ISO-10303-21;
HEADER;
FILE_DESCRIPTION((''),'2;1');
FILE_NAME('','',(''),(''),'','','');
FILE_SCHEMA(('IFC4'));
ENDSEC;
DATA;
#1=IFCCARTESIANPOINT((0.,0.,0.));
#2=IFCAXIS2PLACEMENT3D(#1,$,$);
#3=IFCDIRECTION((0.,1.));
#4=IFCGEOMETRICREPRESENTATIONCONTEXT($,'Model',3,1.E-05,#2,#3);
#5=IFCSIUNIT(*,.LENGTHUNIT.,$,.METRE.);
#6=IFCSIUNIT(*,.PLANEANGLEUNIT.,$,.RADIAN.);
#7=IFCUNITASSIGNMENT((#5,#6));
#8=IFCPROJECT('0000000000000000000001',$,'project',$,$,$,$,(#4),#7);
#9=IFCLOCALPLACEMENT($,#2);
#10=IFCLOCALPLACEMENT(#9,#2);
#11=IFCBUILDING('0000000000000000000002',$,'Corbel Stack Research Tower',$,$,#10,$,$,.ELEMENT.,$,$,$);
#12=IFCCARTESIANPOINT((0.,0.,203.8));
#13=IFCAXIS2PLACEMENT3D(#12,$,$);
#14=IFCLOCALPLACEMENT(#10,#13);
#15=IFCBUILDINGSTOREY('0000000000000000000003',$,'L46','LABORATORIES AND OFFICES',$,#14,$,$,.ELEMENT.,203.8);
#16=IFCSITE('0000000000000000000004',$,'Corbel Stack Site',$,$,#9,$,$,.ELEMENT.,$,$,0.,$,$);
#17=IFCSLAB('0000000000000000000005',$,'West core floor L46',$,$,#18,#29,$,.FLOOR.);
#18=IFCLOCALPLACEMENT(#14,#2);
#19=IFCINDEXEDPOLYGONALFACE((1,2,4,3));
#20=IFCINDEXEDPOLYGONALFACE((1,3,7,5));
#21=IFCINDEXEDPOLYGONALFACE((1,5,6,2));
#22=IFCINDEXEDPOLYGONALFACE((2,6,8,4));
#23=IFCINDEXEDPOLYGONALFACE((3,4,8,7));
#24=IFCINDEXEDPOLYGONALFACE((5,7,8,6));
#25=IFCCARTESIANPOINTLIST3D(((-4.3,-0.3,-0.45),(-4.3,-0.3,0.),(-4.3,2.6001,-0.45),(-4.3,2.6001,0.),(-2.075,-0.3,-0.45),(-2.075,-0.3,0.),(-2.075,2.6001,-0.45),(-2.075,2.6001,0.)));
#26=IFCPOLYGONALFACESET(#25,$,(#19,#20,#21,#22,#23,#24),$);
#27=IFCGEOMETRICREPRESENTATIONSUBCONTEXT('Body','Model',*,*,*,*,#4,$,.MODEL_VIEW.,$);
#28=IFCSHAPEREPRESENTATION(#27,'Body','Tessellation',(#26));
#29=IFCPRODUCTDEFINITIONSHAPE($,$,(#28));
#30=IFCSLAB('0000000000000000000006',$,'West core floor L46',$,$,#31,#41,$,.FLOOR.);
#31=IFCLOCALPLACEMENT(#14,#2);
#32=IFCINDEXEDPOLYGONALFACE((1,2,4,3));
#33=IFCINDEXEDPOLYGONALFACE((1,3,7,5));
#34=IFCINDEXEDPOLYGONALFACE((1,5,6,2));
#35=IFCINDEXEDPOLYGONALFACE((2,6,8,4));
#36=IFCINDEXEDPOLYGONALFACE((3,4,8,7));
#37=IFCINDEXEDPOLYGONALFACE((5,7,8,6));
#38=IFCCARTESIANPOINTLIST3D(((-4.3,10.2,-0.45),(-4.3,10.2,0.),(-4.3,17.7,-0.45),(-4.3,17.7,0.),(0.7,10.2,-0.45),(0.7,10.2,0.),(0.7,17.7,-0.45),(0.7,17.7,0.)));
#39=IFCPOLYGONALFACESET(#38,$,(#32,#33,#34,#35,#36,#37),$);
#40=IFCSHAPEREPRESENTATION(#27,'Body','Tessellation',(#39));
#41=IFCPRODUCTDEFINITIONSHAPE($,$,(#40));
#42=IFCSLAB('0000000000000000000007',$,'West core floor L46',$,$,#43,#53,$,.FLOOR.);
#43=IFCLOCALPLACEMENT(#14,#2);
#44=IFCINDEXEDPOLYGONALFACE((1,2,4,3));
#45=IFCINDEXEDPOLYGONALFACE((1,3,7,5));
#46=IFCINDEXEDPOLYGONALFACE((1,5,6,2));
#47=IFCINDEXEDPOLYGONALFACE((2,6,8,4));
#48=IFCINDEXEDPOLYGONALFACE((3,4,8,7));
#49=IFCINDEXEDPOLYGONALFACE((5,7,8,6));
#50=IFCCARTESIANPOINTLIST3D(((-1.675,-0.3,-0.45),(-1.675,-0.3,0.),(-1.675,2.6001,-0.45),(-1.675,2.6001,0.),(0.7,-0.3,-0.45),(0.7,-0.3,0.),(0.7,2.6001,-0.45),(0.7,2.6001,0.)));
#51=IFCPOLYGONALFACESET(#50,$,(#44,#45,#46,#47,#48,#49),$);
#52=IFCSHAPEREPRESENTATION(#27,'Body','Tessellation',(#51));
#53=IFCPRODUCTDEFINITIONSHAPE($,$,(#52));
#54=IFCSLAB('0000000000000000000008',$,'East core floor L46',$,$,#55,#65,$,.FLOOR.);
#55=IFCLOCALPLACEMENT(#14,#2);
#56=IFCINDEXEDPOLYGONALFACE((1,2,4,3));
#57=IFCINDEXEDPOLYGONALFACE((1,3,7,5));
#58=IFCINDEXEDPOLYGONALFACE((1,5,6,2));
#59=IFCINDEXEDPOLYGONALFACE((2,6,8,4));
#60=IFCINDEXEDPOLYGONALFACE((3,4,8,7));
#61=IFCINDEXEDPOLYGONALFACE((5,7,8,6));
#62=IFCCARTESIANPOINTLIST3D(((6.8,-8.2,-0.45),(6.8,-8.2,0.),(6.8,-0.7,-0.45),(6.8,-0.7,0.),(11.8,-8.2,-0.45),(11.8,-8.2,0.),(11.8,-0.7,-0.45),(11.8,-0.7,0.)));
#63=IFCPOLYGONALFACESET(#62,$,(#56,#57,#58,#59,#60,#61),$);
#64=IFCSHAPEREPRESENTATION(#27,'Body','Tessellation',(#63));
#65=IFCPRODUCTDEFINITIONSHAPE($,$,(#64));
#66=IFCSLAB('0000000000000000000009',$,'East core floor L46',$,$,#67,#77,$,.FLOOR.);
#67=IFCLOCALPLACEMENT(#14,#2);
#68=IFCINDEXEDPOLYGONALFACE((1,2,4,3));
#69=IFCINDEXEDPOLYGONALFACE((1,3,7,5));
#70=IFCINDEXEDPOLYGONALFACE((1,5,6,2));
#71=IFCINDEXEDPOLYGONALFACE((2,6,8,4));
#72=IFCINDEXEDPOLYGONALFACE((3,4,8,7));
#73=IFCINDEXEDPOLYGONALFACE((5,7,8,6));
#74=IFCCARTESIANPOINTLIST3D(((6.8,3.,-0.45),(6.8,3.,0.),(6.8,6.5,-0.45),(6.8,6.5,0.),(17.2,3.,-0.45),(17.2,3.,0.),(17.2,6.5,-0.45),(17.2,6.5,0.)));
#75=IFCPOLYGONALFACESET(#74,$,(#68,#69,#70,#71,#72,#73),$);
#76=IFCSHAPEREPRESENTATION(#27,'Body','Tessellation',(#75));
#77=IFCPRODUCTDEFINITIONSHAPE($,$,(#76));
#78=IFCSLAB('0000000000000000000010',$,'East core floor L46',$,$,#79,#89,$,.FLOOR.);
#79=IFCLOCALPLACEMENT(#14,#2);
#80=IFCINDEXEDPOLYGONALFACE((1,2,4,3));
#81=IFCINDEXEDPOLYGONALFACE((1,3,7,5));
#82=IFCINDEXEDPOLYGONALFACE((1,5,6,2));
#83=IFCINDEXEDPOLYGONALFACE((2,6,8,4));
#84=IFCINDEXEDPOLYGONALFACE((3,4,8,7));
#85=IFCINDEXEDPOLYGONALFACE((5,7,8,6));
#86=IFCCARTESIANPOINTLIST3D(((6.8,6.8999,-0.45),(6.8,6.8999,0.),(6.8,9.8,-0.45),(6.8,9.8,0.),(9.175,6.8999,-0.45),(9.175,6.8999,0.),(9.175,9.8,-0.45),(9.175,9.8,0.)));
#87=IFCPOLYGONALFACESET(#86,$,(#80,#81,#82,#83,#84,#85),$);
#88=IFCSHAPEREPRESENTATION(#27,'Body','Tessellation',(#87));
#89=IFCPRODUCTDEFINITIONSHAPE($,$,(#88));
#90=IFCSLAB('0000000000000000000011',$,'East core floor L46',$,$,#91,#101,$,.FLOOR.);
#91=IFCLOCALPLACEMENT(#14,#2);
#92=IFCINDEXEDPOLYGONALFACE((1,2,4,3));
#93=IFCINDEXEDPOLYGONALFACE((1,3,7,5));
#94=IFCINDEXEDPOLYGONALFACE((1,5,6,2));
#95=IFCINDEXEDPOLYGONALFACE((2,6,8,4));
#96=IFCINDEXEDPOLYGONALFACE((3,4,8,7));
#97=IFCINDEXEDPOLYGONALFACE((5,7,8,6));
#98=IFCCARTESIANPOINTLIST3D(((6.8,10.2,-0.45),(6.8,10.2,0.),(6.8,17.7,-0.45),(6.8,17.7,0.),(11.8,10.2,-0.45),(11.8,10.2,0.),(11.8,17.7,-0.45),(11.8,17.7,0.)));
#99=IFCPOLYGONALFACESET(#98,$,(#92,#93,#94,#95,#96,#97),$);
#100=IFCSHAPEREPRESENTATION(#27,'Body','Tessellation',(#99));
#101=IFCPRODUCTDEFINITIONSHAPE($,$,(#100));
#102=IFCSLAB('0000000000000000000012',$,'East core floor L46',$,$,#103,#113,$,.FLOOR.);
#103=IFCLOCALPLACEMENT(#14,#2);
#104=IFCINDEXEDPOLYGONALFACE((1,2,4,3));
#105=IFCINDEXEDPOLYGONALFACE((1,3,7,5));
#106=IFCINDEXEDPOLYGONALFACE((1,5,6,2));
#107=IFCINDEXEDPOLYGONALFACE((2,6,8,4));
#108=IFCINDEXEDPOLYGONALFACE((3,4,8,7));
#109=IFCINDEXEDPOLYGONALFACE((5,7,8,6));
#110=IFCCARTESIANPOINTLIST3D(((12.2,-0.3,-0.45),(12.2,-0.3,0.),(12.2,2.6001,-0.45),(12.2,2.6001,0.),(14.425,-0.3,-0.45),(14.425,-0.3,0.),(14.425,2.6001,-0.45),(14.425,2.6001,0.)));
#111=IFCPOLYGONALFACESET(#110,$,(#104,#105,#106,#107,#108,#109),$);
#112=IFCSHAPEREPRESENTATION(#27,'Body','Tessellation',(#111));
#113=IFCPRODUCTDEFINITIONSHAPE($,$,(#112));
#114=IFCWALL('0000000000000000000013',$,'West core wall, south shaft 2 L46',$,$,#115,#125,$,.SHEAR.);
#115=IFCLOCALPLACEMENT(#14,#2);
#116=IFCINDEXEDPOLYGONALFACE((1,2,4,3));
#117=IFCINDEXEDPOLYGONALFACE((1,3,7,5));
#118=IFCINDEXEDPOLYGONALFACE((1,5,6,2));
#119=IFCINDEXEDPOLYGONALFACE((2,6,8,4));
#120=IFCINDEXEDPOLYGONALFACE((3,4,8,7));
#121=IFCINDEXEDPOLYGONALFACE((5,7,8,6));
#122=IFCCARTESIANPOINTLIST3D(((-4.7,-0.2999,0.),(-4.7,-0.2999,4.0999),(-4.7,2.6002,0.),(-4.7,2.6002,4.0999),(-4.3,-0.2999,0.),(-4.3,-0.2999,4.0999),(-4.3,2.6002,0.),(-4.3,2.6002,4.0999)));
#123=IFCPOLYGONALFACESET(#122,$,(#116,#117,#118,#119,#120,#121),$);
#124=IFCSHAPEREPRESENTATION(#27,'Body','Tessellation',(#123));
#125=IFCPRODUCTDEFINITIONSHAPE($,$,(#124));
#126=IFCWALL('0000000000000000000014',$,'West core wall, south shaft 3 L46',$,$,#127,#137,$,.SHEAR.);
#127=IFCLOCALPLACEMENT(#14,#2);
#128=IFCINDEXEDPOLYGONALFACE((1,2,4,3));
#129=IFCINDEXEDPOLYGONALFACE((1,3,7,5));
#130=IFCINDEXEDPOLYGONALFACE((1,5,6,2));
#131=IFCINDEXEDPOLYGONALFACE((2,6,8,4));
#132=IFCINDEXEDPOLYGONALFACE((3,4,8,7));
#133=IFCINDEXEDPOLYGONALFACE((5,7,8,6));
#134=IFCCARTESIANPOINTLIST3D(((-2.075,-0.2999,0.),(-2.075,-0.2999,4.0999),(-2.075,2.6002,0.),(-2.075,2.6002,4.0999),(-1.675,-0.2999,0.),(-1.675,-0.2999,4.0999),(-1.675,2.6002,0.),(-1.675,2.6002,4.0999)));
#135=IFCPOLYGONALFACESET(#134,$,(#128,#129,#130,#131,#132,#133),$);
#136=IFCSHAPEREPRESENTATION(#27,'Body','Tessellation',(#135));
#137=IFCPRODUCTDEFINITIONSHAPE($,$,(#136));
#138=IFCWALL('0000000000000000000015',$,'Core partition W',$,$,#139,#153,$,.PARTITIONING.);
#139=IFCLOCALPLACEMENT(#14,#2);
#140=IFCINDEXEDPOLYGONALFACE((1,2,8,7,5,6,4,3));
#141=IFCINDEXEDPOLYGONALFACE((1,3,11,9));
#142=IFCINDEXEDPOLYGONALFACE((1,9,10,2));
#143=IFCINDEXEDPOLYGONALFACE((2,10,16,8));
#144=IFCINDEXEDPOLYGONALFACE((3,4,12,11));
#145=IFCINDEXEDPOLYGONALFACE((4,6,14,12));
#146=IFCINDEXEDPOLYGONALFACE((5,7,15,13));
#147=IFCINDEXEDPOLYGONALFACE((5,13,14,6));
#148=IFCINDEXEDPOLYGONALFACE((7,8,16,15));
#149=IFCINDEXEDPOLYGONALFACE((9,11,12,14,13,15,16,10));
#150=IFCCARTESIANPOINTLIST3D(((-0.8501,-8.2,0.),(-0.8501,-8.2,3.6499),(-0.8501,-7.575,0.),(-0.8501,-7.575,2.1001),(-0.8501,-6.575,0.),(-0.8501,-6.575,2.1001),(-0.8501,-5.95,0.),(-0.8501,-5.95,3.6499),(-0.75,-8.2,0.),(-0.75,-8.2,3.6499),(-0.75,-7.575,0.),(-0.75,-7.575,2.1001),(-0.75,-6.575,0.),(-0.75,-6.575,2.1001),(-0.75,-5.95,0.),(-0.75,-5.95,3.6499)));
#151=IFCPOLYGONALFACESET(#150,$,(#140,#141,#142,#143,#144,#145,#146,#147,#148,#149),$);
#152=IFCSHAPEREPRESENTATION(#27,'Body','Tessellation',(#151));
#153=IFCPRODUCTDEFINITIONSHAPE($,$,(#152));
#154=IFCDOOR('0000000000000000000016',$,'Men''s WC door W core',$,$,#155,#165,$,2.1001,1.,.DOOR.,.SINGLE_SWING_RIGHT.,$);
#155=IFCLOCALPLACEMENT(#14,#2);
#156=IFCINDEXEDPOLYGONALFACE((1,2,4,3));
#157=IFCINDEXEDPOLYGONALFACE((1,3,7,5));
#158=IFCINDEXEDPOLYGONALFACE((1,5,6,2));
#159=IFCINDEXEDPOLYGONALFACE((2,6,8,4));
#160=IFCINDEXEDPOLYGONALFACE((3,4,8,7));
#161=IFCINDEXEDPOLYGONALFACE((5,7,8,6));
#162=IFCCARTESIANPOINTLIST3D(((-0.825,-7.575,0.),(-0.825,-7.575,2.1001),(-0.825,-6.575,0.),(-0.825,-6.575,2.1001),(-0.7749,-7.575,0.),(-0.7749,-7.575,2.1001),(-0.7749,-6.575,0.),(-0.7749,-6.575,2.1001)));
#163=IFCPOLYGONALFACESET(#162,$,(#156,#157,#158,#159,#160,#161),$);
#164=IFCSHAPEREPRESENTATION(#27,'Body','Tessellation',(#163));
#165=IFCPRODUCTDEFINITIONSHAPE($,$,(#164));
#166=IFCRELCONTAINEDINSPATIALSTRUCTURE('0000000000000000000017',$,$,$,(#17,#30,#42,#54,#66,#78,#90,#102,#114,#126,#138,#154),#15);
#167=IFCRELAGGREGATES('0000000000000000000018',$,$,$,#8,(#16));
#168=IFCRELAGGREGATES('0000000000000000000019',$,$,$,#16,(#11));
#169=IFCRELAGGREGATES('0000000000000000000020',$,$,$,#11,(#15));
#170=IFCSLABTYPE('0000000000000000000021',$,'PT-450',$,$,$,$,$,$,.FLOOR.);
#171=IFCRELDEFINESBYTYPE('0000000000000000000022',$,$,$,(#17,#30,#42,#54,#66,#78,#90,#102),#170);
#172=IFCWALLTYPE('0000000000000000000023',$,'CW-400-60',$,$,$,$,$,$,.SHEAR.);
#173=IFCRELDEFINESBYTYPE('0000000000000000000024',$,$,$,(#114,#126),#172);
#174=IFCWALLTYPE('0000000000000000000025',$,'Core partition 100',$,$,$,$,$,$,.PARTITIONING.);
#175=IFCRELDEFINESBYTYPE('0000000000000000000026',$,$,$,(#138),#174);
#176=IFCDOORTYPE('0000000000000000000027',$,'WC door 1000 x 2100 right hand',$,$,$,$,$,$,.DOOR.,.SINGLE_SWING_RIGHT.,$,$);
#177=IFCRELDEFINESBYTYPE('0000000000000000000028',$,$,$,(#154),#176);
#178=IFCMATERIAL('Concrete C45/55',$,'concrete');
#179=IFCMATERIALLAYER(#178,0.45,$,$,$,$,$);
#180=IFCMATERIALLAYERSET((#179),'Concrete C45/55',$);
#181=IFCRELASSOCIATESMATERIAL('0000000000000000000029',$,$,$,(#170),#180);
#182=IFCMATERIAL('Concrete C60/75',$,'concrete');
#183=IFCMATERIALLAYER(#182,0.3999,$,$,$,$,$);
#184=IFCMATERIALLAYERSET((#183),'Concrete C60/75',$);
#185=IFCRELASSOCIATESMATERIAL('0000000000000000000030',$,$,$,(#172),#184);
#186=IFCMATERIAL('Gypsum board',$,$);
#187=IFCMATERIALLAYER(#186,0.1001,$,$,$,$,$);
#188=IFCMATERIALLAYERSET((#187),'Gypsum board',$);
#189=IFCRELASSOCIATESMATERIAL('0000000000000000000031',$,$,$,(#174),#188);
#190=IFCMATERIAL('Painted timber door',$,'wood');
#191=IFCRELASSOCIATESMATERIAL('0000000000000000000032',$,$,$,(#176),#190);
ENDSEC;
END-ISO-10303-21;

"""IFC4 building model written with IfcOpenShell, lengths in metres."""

from ifc_helpers import new_model, si_unit, direction, frame, frame_2d, origin, place, context, subcontext, project, spatial, polyline, rectangle, outline, extrude, material, layer, layer_set, type_object, element, fill, save


model = new_model("IFC4")

# Units and contexts
model_context = context("Model", 3, precision=1e-05, world=origin(), true_north=direction((0.0, 1.0)))
body_context = subcontext(model_context, "Body", "Model", "MODEL_VIEW")
ifc_project = project(units=[si_unit("LENGTHUNIT", "METRE"), si_unit("PLANEANGLEUNIT", "RADIAN")], contexts=[model_context])

# Site, building, storey
site_placement = place(None, origin())
site = spatial("IfcSite", under=ifc_project, at=site_placement, Name="Corbel Stack Site", CompositionType="ELEMENT", RefElevation=0.0)
building_placement = place(site_placement, origin())
building = spatial("IfcBuilding", under=site, at=building_placement, Name="Corbel Stack Research Tower", CompositionType="ELEMENT")
storey_placement = place(building_placement, frame((0.0, 0.0, 203.8)))
storey = spatial("IfcBuildingStorey", under=building, at=storey_placement, Name="L46", Description="LABORATORIES AND OFFICES", CompositionType="ELEMENT", Elevation=203.8)

# Slabs
ifc_material_1 = material(Name="Concrete C45/55", Category="concrete")
ifc_layer_1 = layer(ifc_material_1, 0.45)
ifc_layer_set_1 = layer_set([ifc_layer_1], Name="Concrete C45/55")
slab_type = type_object("IfcSlabType", Name="PT-450", PredefinedType="FLOOR", material=ifc_layer_set_1)
slab_1_placement = place(storey_placement, frame((0.0, 0.0, -0.45)))
element("IfcSlab", 1, at=slab_1_placement, inside=storey, type_object=slab_type, Name="West core floor L46", PredefinedType="FLOOR", context=body_context, shape_type="SweptSolid", body=[
    extrude(outline(polyline([(-2.075, -0.3), (-2.075, 2.6001), (-4.3, 2.6001), (-4.3, -0.3), (-2.075, -0.3)])), origin(), (0.0, 0.0, 1.0), 0.45),
])
slab_2_placement = place(storey_placement, frame((0.0, 0.0, -0.45)))
element("IfcSlab", 2, at=slab_2_placement, inside=storey, type_object=slab_type, Name="West core floor L46", PredefinedType="FLOOR", context=body_context, shape_type="SweptSolid", body=[
    extrude(outline(polyline([(0.7, 17.7), (-4.3, 17.7), (-4.3, 10.2), (0.7, 10.2), (0.7, 17.7)])), origin(), (0.0, 0.0, 1.0), 0.45),
])
slab_3_placement = place(storey_placement, frame((0.0, 0.0, -0.45)))
element("IfcSlab", 3, at=slab_3_placement, inside=storey, type_object=slab_type, Name="West core floor L46", PredefinedType="FLOOR", context=body_context, shape_type="SweptSolid", body=[
    extrude(outline(polyline([(0.7, -0.3), (0.7, 2.6001), (-1.675, 2.6001), (-1.675, -0.3), (0.7, -0.3)])), origin(), (0.0, 0.0, 1.0), 0.45),
])
slab_4_placement = place(storey_placement, frame((0.0, 0.0, -0.45)))
element("IfcSlab", 4, at=slab_4_placement, inside=storey, type_object=slab_type, Name="East core floor L46", PredefinedType="FLOOR", context=body_context, shape_type="SweptSolid", body=[
    extrude(outline(polyline([(6.8, -0.7), (6.8, -8.2), (11.8, -8.2), (11.8, -0.7), (6.8, -0.7)])), origin(), (0.0, 0.0, 1.0), 0.45),
])
slab_5_placement = place(storey_placement, frame((0.0, 0.0, -0.45)))
element("IfcSlab", 5, at=slab_5_placement, inside=storey, type_object=slab_type, Name="East core floor L46", PredefinedType="FLOOR", context=body_context, shape_type="SweptSolid", body=[
    extrude(outline(polyline([(17.2, 6.5), (6.8, 6.5), (6.8, 3.0), (17.2, 3.0), (17.2, 6.5)])), origin(), (0.0, 0.0, 1.0), 0.45),
])
slab_6_placement = place(storey_placement, frame((0.0, 0.0, -0.45)))
element("IfcSlab", 6, at=slab_6_placement, inside=storey, type_object=slab_type, Name="East core floor L46", PredefinedType="FLOOR", context=body_context, shape_type="SweptSolid", body=[
    extrude(outline(polyline([(6.8, 6.8999), (9.175, 6.8999), (9.175, 9.8), (6.8, 9.8), (6.8, 6.8999)])), origin(), (0.0, 0.0, 1.0), 0.45),
])
slab_7_placement = place(storey_placement, frame((0.0, 0.0, -0.45)))
element("IfcSlab", 7, at=slab_7_placement, inside=storey, type_object=slab_type, Name="East core floor L46", PredefinedType="FLOOR", context=body_context, shape_type="SweptSolid", body=[
    extrude(outline(polyline([(6.8, 17.7), (6.8, 10.2), (11.8, 10.2), (11.8, 17.7), (6.8, 17.7)])), origin(), (0.0, 0.0, 1.0), 0.45),
])
slab_8_placement = place(storey_placement, frame((0.0, 0.0, -0.45)))
element("IfcSlab", 8, at=slab_8_placement, inside=storey, type_object=slab_type, Name="East core floor L46", PredefinedType="FLOOR", context=body_context, shape_type="SweptSolid", body=[
    extrude(outline(polyline([(14.425, -0.3), (14.425, 2.6001), (12.2, 2.6001), (12.2, -0.3), (14.425, -0.3)])), origin(), (0.0, 0.0, 1.0), 0.45),
])

# Walls
ifc_material_2 = material(Name="Concrete C60/75", Category="concrete")
ifc_layer_2 = layer(ifc_material_2, 0.3999)
ifc_layer_set_2 = layer_set([ifc_layer_2], Name="Concrete C60/75")
wall_type_1 = type_object("IfcWallType", Name="CW-400-60", PredefinedType="SHEAR", material=ifc_layer_set_2)
for number, where, z_axis, x_axis, name in (
    (9, (-4.5, -0.3, 0.0), (0.0, 0.0, 1.0), (0.0, 1.0, 0.0), "West core wall, south shaft 2 L46"),
    (10, (-1.875, -0.3, 0.0), (0.0, 0.0, 1.0), (0.0, 1.0, 0.0), "West core wall, south shaft 3 L46"),
):
    element("IfcWall", number, at=place(storey_placement, frame(where, z_axis=z_axis, x_axis=x_axis)), inside=storey, type_object=wall_type_1, Name=name, PredefinedType="SHEAR", context=body_context, shape_type="SweptSolid", body=[
        extrude(rectangle(XDim=2.9001, YDim=0.3999, at=frame_2d((1.4502, 0.0))), origin(), (0.0, 0.0, 1.0), 4.0999),
    ])

# Wall, opening, door
ifc_material_3 = material(Name="Gypsum board")
ifc_layer_3 = layer(ifc_material_3, 0.1001)
ifc_layer_set_3 = layer_set([ifc_layer_3], Name="Gypsum board")
wall_type_2 = type_object("IfcWallType", Name="Core partition 100", PredefinedType="PARTITIONING", material=ifc_layer_set_3)
wall_1_placement = place(storey_placement, frame((-0.8, -8.2, 0.0), z_axis=(0.0, 0.0, 1.0), x_axis=(0.0, 1.0, 0.0)))
wall_1 = element("IfcWall", 11, at=wall_1_placement, inside=storey, type_object=wall_type_2, Name="Core partition W", PredefinedType="PARTITIONING", context=body_context, shape_type="SweptSolid", body=[
    extrude(rectangle(XDim=2.25, YDim=0.1001, at=frame_2d((1.125, 0.0))), origin(), (0.0, 0.0, 1.0), 3.6499),
])
opening_1_placement = place(wall_1_placement, frame((0.625, 0.0, 0.0)))
opening_1 = element("IfcOpeningElement", 12, at=opening_1_placement, cuts=wall_1, PredefinedType="OPENING", context=body_context, shape_type="SweptSolid", body=[
    extrude(rectangle(XDim=1.0, YDim=2.1001, at=frame_2d((0.5, 1.05))), frame((0.0, 0.0601, 0.0), z_axis=(0.0, -1.0, 0.0), x_axis=(1.0, 0.0, 0.0)), (0.0, 0.0, 1.0), 0.1201),
])
ifc_material_4 = material(Name="Painted timber door", Category="wood")
door_type_1 = type_object("IfcDoorType", Name="WC door 1000 x 2100 right hand", OperationType="SINGLE_SWING_RIGHT", PredefinedType="DOOR", material=ifc_material_4)
door_1_placement = place(opening_1_placement, origin())
door_1 = element("IfcDoor", 13, at=door_1_placement, inside=storey, type_object=door_type_1, Name="Men's WC door W core", OperationType="SINGLE_SWING_RIGHT", OverallHeight=2.1001, OverallWidth=1.0, PredefinedType="DOOR", context=body_context, shape_type="SweptSolid", body=[
    extrude(rectangle(XDim=1.0, YDim=2.1001, at=frame_2d((0.5, 1.05))), frame((0.0, 0.0249, 0.0), z_axis=(0.0, -1.0, 0.0), x_axis=(1.0, 0.0, 0.0)), (0.0, 0.0, 1.0), 0.05),
])
fill(opening_1, door_1)

save(model, "model.ifc")
